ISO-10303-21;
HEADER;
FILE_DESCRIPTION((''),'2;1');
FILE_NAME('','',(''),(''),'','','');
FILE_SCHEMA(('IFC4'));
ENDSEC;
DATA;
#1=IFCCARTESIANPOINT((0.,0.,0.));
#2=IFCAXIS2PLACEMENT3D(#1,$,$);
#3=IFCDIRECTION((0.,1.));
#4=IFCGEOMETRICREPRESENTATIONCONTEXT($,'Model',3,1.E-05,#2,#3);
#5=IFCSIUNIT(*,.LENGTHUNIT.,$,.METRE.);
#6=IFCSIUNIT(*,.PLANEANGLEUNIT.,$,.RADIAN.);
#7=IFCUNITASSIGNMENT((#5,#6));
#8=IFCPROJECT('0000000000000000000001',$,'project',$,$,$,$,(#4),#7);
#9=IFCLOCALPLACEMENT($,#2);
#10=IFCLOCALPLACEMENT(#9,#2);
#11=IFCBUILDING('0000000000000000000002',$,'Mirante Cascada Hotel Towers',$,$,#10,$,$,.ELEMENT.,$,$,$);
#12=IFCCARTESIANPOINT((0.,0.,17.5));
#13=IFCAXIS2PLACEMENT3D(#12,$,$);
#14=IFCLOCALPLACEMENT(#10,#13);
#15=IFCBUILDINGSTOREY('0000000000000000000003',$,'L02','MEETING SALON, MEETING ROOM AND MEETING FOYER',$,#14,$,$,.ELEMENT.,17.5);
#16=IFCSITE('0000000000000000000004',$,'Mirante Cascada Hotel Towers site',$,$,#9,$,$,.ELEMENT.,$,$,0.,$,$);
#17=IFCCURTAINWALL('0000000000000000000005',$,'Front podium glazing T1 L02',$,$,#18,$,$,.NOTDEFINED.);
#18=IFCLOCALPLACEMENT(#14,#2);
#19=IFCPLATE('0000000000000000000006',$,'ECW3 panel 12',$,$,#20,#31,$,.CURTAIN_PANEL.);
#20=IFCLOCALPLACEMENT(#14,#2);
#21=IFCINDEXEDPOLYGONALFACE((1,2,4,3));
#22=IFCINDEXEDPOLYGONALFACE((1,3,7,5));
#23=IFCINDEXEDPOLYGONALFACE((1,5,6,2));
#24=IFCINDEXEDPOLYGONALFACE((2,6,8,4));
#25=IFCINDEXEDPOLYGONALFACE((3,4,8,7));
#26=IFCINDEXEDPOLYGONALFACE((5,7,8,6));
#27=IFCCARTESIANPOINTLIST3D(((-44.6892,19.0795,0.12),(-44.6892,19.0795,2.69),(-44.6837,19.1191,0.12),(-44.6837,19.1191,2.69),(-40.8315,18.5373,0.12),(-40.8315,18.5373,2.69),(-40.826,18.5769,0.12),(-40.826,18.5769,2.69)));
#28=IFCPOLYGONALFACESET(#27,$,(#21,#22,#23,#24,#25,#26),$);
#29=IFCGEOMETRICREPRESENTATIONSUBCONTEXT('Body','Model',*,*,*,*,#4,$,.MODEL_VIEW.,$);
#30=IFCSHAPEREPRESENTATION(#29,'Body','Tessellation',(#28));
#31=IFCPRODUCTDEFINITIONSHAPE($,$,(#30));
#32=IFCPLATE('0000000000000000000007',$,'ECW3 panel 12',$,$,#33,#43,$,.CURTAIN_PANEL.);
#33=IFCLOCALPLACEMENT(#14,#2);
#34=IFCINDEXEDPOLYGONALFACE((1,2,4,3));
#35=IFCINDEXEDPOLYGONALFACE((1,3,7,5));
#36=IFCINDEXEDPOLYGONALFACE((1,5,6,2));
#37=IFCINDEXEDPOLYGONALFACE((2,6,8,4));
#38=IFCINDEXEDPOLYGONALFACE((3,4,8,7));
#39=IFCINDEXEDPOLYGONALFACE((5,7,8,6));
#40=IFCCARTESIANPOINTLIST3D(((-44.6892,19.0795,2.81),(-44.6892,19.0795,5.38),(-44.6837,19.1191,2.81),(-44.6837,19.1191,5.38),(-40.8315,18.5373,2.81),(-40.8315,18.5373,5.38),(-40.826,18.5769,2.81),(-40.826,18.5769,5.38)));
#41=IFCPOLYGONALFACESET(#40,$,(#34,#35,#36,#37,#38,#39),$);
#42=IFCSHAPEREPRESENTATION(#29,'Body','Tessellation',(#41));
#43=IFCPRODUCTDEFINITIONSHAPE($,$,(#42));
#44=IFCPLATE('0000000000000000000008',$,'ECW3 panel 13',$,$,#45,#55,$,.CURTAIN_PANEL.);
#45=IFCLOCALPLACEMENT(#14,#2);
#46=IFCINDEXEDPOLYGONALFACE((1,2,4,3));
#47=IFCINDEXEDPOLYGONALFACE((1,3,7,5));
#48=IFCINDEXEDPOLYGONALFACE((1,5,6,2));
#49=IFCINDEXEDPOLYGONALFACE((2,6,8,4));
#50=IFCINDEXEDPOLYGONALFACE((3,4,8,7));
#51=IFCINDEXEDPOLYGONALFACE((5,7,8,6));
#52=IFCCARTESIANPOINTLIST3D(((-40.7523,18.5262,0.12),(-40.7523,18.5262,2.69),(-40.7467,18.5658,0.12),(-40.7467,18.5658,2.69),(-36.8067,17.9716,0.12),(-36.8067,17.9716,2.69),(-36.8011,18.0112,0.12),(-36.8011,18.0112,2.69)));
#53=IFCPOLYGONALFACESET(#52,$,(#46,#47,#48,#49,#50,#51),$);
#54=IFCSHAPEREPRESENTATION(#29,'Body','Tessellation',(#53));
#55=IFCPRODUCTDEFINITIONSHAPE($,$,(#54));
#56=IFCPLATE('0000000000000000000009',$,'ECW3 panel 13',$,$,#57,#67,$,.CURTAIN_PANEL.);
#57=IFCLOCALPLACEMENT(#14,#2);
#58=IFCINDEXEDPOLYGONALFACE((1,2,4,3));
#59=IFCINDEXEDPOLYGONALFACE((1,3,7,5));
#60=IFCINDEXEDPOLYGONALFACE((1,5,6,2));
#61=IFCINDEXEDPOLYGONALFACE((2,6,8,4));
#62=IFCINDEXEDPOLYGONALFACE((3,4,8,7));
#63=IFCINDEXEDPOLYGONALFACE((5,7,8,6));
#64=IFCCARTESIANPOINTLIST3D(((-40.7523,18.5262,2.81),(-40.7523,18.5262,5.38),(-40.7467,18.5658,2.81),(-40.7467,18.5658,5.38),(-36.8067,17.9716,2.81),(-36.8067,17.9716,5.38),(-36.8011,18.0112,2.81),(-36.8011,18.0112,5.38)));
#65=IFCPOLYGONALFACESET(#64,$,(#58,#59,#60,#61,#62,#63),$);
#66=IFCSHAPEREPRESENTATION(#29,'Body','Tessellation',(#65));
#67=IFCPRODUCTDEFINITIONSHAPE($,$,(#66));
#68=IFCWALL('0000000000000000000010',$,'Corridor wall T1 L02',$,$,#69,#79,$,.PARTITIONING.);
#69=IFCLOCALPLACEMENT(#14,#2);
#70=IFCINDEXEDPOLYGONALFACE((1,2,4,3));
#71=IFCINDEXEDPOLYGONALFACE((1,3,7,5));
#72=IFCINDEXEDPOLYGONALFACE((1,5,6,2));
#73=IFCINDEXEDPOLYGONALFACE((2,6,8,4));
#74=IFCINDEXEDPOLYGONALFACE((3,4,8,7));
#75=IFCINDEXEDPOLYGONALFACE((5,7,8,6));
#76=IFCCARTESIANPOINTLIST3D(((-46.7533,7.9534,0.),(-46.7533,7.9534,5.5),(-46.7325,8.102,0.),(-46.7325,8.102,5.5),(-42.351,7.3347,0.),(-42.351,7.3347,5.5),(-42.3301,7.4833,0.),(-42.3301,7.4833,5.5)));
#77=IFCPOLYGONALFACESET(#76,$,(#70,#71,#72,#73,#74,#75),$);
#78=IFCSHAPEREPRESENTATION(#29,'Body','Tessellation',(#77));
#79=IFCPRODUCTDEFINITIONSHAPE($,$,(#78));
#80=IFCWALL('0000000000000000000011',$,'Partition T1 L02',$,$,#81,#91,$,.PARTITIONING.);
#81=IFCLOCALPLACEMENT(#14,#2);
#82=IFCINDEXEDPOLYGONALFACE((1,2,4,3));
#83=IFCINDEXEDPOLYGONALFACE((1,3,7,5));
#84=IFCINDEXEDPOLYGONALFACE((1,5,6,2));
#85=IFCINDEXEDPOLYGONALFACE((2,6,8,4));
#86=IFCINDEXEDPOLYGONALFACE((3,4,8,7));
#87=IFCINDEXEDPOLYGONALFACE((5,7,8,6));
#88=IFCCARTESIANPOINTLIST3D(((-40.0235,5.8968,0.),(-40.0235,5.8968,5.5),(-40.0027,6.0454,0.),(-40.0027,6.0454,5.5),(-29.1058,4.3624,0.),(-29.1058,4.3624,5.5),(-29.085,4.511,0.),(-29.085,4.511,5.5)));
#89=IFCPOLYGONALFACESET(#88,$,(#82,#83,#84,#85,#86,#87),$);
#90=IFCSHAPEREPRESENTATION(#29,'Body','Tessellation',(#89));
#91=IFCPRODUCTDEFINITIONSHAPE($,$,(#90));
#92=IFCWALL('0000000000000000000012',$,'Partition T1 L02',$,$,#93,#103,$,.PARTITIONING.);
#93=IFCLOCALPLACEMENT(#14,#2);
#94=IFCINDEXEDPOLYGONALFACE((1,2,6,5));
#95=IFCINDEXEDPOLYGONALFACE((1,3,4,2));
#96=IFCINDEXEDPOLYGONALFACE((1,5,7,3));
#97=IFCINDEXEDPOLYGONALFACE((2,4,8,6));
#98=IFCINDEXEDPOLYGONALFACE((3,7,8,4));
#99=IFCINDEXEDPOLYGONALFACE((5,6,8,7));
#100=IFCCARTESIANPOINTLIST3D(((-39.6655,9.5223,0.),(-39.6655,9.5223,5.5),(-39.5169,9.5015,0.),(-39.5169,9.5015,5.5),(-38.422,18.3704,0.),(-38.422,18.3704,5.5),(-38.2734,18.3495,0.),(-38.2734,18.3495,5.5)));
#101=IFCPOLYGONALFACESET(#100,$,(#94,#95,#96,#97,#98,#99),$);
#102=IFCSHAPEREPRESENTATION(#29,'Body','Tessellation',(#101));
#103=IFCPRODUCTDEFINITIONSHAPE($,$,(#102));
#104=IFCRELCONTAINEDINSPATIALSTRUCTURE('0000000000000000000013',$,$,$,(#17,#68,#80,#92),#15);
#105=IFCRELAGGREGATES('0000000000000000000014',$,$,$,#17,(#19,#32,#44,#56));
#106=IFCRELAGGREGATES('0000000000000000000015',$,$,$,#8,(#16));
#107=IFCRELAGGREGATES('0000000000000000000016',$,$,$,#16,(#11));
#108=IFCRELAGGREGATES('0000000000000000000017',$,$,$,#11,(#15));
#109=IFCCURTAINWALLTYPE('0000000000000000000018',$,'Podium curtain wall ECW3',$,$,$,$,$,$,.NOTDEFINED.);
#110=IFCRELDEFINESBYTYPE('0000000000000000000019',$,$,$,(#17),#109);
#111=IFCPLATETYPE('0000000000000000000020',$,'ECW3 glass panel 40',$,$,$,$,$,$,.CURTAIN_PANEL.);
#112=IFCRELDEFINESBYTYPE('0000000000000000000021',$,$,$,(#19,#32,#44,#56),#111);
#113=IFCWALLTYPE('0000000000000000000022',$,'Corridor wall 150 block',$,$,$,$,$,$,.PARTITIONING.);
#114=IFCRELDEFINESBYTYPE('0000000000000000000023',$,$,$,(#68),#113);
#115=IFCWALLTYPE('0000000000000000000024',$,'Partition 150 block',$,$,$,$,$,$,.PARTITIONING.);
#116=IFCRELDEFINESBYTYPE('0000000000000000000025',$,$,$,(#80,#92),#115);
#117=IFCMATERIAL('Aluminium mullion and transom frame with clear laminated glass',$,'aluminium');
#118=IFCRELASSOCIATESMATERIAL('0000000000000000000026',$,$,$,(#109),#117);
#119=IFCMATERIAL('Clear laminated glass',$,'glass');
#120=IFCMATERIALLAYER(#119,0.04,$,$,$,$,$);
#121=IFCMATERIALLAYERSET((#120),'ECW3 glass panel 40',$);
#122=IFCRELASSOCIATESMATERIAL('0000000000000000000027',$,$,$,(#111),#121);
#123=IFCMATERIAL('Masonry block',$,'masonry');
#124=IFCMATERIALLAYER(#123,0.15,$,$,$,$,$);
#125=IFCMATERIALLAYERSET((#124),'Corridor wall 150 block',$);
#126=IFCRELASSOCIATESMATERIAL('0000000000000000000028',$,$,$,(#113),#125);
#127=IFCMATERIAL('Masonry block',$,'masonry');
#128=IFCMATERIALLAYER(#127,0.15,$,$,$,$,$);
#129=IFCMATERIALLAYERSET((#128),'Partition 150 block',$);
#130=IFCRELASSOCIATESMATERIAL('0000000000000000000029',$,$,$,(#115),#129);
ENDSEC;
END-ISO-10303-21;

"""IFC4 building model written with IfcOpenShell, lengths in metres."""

from ifc_helpers import new_model, si_unit, direction, frame, frame_2d, origin, origin_2d, place, context, subcontext, project, spatial, rectangle, extrude, material, layer, layer_set, type_object, element, aggregate, save


model = new_model("IFC4")

# Units and contexts
model_context = context("Model", 3, precision=1e-05, world=origin(), true_north=direction((0.0, 1.0)))
body_context = subcontext(model_context, "Body", "Model", "MODEL_VIEW")
ifc_project = project(units=[si_unit("LENGTHUNIT", "METRE"), si_unit("PLANEANGLEUNIT", "RADIAN")], contexts=[model_context])

# Site, building, storey
site_placement = place(None, origin())
site = spatial("IfcSite", under=ifc_project, at=site_placement, Name="Mirante Cascada Hotel Towers site", CompositionType="ELEMENT", RefElevation=0.0)
building_placement = place(site_placement, origin())
building = spatial("IfcBuilding", under=site, at=building_placement, Name="Mirante Cascada Hotel Towers", CompositionType="ELEMENT")
storey_placement = place(building_placement, frame((0.0, 0.0, 17.5)))
storey = spatial("IfcBuildingStorey", under=building, at=storey_placement, Name="L02", Description="MEETING SALON, MEETING ROOM AND MEETING FOYER", CompositionType="ELEMENT", Elevation=17.5)

# Curtain wall, plates
ifc_material_1 = material(Name="Aluminium mullion and transom frame with clear laminated glass", Category="aluminium")
curtain_wall_type = type_object("IfcCurtainWallType", Name="Podium curtain wall ECW3", PredefinedType="NOTDEFINED", material=ifc_material_1)
curtain_wall_placement = place(storey_placement, origin())
curtain_wall = element("IfcCurtainWall", 1, at=curtain_wall_placement, inside=storey, type_object=curtain_wall_type, Name="Front podium glazing T1 L02", PredefinedType="NOTDEFINED")
ifc_material_2 = material(Name="Clear laminated glass", Category="glass")
ifc_layer_1 = layer(ifc_material_2, 0.04)
ifc_layer_set_1 = layer_set([ifc_layer_1], Name="ECW3 glass panel 40")
plate_type = type_object("IfcPlateType", Name="ECW3 glass panel 40", PredefinedType="CURTAIN_PANEL", material=ifc_layer_set_1)
plate_1_placement = place(storey_placement, frame((-42.7576, 18.8282, 0.12), z_axis=(0.0, 0.0, 1.0), x_axis=(0.990268, -0.139173, 0.0)))
plate_1 = element("IfcPlate", 2, at=plate_1_placement, type_object=plate_type, Name="ECW3 panel 12", PredefinedType="CURTAIN_PANEL", context=body_context, shape_type="SweptSolid", body=[
    extrude(rectangle(XDim=3.8956, YDim=0.04, at=origin_2d()), origin(), (0.0, 0.0, 1.0), 2.57),
])
plate_2_placement = place(storey_placement, frame((-42.7576, 18.8282, 2.81), z_axis=(0.0, 0.0, 1.0), x_axis=(0.990268, -0.139173, 0.0)))
plate_2 = element("IfcPlate", 3, at=plate_2_placement, type_object=plate_type, Name="ECW3 panel 12", PredefinedType="CURTAIN_PANEL", context=body_context, shape_type="SweptSolid", body=[
    extrude(rectangle(XDim=3.8956, YDim=0.04, at=origin_2d()), origin(), (0.0, 0.0, 1.0), 2.57),
])
plate_3_placement = place(storey_placement, frame((-38.7767, 18.2687, 0.12), z_axis=(0.0, 0.0, 1.0), x_axis=(0.990268, -0.139173, 0.0)))
plate_3 = element("IfcPlate", 4, at=plate_3_placement, type_object=plate_type, Name="ECW3 panel 13", PredefinedType="CURTAIN_PANEL", context=body_context, shape_type="SweptSolid", body=[
    extrude(rectangle(XDim=3.9844, YDim=0.04, at=origin_2d()), origin(), (0.0, 0.0, 1.0), 2.57),
])
plate_4_placement = place(storey_placement, frame((-38.7767, 18.2687, 2.81), z_axis=(0.0, 0.0, 1.0), x_axis=(0.990268, -0.139173, 0.0)))
plate_4 = element("IfcPlate", 5, at=plate_4_placement, type_object=plate_type, Name="ECW3 panel 13", PredefinedType="CURTAIN_PANEL", context=body_context, shape_type="SweptSolid", body=[
    extrude(rectangle(XDim=3.9844, YDim=0.04, at=origin_2d()), origin(), (0.0, 0.0, 1.0), 2.57),
])
aggregate(curtain_wall, [plate_1, plate_2, plate_3, plate_4])

# Walls
ifc_material_3 = material(Name="Masonry block", Category="masonry")
ifc_layer_2 = layer(ifc_material_3, 0.15)
ifc_layer_set_2 = layer_set([ifc_layer_2], Name="Corridor wall 150 block")
wall_type_1 = type_object("IfcWallType", Name="Corridor wall 150 block", PredefinedType="PARTITIONING", material=ifc_layer_set_2)
wall_1_placement = place(storey_placement, frame((-46.7429, 8.0277, 0.0), z_axis=(0.0, 0.0, 1.0), x_axis=(0.990268, -0.139173, 0.0)))
element("IfcWall", 6, at=wall_1_placement, inside=storey, type_object=wall_type_1, Name="Corridor wall T1 L02", PredefinedType="PARTITIONING", context=body_context, shape_type="SweptSolid", body=[
    extrude(rectangle(XDim=4.4456, YDim=0.15, at=frame_2d((2.2228, 0.0))), origin(), (0.0, 0.0, 1.0), 5.5),
])
ifc_material_4 = material(Name="Masonry block", Category="masonry")
ifc_layer_3 = layer(ifc_material_4, 0.15)
ifc_layer_set_3 = layer_set([ifc_layer_3], Name="Partition 150 block")
wall_type_2 = type_object("IfcWallType", Name="Partition 150 block", PredefinedType="PARTITIONING", material=ifc_layer_set_3)
wall_2_placement = place(storey_placement, frame((-40.0131, 5.9711, 0.0), z_axis=(0.0, 0.0, 1.0), x_axis=(0.990268, -0.139175, 0.0)))
element("IfcWall", 7, at=wall_2_placement, inside=storey, type_object=wall_type_2, Name="Partition T1 L02", PredefinedType="PARTITIONING", context=body_context, shape_type="SweptSolid", body=[
    extrude(rectangle(XDim=11.025, YDim=0.15, at=frame_2d((5.5125, 0.0))), origin(), (0.0, 0.0, 1.0), 5.5),
])
wall_3_placement = place(storey_placement, frame((-39.5912, 9.5119, 0.0), z_axis=(0.0, 0.0, 1.0), x_axis=(0.139173, 0.990268, 0.0)))
element("IfcWall", 8, at=wall_3_placement, inside=storey, type_object=wall_type_2, Name="Partition T1 L02", PredefinedType="PARTITIONING", context=body_context, shape_type="SweptSolid", body=[
    extrude(rectangle(XDim=8.935, YDim=0.15, at=frame_2d((4.4675, 0.0))), origin(), (0.0, 0.0, 1.0), 5.5),
])

save(model, "model.ifc")
